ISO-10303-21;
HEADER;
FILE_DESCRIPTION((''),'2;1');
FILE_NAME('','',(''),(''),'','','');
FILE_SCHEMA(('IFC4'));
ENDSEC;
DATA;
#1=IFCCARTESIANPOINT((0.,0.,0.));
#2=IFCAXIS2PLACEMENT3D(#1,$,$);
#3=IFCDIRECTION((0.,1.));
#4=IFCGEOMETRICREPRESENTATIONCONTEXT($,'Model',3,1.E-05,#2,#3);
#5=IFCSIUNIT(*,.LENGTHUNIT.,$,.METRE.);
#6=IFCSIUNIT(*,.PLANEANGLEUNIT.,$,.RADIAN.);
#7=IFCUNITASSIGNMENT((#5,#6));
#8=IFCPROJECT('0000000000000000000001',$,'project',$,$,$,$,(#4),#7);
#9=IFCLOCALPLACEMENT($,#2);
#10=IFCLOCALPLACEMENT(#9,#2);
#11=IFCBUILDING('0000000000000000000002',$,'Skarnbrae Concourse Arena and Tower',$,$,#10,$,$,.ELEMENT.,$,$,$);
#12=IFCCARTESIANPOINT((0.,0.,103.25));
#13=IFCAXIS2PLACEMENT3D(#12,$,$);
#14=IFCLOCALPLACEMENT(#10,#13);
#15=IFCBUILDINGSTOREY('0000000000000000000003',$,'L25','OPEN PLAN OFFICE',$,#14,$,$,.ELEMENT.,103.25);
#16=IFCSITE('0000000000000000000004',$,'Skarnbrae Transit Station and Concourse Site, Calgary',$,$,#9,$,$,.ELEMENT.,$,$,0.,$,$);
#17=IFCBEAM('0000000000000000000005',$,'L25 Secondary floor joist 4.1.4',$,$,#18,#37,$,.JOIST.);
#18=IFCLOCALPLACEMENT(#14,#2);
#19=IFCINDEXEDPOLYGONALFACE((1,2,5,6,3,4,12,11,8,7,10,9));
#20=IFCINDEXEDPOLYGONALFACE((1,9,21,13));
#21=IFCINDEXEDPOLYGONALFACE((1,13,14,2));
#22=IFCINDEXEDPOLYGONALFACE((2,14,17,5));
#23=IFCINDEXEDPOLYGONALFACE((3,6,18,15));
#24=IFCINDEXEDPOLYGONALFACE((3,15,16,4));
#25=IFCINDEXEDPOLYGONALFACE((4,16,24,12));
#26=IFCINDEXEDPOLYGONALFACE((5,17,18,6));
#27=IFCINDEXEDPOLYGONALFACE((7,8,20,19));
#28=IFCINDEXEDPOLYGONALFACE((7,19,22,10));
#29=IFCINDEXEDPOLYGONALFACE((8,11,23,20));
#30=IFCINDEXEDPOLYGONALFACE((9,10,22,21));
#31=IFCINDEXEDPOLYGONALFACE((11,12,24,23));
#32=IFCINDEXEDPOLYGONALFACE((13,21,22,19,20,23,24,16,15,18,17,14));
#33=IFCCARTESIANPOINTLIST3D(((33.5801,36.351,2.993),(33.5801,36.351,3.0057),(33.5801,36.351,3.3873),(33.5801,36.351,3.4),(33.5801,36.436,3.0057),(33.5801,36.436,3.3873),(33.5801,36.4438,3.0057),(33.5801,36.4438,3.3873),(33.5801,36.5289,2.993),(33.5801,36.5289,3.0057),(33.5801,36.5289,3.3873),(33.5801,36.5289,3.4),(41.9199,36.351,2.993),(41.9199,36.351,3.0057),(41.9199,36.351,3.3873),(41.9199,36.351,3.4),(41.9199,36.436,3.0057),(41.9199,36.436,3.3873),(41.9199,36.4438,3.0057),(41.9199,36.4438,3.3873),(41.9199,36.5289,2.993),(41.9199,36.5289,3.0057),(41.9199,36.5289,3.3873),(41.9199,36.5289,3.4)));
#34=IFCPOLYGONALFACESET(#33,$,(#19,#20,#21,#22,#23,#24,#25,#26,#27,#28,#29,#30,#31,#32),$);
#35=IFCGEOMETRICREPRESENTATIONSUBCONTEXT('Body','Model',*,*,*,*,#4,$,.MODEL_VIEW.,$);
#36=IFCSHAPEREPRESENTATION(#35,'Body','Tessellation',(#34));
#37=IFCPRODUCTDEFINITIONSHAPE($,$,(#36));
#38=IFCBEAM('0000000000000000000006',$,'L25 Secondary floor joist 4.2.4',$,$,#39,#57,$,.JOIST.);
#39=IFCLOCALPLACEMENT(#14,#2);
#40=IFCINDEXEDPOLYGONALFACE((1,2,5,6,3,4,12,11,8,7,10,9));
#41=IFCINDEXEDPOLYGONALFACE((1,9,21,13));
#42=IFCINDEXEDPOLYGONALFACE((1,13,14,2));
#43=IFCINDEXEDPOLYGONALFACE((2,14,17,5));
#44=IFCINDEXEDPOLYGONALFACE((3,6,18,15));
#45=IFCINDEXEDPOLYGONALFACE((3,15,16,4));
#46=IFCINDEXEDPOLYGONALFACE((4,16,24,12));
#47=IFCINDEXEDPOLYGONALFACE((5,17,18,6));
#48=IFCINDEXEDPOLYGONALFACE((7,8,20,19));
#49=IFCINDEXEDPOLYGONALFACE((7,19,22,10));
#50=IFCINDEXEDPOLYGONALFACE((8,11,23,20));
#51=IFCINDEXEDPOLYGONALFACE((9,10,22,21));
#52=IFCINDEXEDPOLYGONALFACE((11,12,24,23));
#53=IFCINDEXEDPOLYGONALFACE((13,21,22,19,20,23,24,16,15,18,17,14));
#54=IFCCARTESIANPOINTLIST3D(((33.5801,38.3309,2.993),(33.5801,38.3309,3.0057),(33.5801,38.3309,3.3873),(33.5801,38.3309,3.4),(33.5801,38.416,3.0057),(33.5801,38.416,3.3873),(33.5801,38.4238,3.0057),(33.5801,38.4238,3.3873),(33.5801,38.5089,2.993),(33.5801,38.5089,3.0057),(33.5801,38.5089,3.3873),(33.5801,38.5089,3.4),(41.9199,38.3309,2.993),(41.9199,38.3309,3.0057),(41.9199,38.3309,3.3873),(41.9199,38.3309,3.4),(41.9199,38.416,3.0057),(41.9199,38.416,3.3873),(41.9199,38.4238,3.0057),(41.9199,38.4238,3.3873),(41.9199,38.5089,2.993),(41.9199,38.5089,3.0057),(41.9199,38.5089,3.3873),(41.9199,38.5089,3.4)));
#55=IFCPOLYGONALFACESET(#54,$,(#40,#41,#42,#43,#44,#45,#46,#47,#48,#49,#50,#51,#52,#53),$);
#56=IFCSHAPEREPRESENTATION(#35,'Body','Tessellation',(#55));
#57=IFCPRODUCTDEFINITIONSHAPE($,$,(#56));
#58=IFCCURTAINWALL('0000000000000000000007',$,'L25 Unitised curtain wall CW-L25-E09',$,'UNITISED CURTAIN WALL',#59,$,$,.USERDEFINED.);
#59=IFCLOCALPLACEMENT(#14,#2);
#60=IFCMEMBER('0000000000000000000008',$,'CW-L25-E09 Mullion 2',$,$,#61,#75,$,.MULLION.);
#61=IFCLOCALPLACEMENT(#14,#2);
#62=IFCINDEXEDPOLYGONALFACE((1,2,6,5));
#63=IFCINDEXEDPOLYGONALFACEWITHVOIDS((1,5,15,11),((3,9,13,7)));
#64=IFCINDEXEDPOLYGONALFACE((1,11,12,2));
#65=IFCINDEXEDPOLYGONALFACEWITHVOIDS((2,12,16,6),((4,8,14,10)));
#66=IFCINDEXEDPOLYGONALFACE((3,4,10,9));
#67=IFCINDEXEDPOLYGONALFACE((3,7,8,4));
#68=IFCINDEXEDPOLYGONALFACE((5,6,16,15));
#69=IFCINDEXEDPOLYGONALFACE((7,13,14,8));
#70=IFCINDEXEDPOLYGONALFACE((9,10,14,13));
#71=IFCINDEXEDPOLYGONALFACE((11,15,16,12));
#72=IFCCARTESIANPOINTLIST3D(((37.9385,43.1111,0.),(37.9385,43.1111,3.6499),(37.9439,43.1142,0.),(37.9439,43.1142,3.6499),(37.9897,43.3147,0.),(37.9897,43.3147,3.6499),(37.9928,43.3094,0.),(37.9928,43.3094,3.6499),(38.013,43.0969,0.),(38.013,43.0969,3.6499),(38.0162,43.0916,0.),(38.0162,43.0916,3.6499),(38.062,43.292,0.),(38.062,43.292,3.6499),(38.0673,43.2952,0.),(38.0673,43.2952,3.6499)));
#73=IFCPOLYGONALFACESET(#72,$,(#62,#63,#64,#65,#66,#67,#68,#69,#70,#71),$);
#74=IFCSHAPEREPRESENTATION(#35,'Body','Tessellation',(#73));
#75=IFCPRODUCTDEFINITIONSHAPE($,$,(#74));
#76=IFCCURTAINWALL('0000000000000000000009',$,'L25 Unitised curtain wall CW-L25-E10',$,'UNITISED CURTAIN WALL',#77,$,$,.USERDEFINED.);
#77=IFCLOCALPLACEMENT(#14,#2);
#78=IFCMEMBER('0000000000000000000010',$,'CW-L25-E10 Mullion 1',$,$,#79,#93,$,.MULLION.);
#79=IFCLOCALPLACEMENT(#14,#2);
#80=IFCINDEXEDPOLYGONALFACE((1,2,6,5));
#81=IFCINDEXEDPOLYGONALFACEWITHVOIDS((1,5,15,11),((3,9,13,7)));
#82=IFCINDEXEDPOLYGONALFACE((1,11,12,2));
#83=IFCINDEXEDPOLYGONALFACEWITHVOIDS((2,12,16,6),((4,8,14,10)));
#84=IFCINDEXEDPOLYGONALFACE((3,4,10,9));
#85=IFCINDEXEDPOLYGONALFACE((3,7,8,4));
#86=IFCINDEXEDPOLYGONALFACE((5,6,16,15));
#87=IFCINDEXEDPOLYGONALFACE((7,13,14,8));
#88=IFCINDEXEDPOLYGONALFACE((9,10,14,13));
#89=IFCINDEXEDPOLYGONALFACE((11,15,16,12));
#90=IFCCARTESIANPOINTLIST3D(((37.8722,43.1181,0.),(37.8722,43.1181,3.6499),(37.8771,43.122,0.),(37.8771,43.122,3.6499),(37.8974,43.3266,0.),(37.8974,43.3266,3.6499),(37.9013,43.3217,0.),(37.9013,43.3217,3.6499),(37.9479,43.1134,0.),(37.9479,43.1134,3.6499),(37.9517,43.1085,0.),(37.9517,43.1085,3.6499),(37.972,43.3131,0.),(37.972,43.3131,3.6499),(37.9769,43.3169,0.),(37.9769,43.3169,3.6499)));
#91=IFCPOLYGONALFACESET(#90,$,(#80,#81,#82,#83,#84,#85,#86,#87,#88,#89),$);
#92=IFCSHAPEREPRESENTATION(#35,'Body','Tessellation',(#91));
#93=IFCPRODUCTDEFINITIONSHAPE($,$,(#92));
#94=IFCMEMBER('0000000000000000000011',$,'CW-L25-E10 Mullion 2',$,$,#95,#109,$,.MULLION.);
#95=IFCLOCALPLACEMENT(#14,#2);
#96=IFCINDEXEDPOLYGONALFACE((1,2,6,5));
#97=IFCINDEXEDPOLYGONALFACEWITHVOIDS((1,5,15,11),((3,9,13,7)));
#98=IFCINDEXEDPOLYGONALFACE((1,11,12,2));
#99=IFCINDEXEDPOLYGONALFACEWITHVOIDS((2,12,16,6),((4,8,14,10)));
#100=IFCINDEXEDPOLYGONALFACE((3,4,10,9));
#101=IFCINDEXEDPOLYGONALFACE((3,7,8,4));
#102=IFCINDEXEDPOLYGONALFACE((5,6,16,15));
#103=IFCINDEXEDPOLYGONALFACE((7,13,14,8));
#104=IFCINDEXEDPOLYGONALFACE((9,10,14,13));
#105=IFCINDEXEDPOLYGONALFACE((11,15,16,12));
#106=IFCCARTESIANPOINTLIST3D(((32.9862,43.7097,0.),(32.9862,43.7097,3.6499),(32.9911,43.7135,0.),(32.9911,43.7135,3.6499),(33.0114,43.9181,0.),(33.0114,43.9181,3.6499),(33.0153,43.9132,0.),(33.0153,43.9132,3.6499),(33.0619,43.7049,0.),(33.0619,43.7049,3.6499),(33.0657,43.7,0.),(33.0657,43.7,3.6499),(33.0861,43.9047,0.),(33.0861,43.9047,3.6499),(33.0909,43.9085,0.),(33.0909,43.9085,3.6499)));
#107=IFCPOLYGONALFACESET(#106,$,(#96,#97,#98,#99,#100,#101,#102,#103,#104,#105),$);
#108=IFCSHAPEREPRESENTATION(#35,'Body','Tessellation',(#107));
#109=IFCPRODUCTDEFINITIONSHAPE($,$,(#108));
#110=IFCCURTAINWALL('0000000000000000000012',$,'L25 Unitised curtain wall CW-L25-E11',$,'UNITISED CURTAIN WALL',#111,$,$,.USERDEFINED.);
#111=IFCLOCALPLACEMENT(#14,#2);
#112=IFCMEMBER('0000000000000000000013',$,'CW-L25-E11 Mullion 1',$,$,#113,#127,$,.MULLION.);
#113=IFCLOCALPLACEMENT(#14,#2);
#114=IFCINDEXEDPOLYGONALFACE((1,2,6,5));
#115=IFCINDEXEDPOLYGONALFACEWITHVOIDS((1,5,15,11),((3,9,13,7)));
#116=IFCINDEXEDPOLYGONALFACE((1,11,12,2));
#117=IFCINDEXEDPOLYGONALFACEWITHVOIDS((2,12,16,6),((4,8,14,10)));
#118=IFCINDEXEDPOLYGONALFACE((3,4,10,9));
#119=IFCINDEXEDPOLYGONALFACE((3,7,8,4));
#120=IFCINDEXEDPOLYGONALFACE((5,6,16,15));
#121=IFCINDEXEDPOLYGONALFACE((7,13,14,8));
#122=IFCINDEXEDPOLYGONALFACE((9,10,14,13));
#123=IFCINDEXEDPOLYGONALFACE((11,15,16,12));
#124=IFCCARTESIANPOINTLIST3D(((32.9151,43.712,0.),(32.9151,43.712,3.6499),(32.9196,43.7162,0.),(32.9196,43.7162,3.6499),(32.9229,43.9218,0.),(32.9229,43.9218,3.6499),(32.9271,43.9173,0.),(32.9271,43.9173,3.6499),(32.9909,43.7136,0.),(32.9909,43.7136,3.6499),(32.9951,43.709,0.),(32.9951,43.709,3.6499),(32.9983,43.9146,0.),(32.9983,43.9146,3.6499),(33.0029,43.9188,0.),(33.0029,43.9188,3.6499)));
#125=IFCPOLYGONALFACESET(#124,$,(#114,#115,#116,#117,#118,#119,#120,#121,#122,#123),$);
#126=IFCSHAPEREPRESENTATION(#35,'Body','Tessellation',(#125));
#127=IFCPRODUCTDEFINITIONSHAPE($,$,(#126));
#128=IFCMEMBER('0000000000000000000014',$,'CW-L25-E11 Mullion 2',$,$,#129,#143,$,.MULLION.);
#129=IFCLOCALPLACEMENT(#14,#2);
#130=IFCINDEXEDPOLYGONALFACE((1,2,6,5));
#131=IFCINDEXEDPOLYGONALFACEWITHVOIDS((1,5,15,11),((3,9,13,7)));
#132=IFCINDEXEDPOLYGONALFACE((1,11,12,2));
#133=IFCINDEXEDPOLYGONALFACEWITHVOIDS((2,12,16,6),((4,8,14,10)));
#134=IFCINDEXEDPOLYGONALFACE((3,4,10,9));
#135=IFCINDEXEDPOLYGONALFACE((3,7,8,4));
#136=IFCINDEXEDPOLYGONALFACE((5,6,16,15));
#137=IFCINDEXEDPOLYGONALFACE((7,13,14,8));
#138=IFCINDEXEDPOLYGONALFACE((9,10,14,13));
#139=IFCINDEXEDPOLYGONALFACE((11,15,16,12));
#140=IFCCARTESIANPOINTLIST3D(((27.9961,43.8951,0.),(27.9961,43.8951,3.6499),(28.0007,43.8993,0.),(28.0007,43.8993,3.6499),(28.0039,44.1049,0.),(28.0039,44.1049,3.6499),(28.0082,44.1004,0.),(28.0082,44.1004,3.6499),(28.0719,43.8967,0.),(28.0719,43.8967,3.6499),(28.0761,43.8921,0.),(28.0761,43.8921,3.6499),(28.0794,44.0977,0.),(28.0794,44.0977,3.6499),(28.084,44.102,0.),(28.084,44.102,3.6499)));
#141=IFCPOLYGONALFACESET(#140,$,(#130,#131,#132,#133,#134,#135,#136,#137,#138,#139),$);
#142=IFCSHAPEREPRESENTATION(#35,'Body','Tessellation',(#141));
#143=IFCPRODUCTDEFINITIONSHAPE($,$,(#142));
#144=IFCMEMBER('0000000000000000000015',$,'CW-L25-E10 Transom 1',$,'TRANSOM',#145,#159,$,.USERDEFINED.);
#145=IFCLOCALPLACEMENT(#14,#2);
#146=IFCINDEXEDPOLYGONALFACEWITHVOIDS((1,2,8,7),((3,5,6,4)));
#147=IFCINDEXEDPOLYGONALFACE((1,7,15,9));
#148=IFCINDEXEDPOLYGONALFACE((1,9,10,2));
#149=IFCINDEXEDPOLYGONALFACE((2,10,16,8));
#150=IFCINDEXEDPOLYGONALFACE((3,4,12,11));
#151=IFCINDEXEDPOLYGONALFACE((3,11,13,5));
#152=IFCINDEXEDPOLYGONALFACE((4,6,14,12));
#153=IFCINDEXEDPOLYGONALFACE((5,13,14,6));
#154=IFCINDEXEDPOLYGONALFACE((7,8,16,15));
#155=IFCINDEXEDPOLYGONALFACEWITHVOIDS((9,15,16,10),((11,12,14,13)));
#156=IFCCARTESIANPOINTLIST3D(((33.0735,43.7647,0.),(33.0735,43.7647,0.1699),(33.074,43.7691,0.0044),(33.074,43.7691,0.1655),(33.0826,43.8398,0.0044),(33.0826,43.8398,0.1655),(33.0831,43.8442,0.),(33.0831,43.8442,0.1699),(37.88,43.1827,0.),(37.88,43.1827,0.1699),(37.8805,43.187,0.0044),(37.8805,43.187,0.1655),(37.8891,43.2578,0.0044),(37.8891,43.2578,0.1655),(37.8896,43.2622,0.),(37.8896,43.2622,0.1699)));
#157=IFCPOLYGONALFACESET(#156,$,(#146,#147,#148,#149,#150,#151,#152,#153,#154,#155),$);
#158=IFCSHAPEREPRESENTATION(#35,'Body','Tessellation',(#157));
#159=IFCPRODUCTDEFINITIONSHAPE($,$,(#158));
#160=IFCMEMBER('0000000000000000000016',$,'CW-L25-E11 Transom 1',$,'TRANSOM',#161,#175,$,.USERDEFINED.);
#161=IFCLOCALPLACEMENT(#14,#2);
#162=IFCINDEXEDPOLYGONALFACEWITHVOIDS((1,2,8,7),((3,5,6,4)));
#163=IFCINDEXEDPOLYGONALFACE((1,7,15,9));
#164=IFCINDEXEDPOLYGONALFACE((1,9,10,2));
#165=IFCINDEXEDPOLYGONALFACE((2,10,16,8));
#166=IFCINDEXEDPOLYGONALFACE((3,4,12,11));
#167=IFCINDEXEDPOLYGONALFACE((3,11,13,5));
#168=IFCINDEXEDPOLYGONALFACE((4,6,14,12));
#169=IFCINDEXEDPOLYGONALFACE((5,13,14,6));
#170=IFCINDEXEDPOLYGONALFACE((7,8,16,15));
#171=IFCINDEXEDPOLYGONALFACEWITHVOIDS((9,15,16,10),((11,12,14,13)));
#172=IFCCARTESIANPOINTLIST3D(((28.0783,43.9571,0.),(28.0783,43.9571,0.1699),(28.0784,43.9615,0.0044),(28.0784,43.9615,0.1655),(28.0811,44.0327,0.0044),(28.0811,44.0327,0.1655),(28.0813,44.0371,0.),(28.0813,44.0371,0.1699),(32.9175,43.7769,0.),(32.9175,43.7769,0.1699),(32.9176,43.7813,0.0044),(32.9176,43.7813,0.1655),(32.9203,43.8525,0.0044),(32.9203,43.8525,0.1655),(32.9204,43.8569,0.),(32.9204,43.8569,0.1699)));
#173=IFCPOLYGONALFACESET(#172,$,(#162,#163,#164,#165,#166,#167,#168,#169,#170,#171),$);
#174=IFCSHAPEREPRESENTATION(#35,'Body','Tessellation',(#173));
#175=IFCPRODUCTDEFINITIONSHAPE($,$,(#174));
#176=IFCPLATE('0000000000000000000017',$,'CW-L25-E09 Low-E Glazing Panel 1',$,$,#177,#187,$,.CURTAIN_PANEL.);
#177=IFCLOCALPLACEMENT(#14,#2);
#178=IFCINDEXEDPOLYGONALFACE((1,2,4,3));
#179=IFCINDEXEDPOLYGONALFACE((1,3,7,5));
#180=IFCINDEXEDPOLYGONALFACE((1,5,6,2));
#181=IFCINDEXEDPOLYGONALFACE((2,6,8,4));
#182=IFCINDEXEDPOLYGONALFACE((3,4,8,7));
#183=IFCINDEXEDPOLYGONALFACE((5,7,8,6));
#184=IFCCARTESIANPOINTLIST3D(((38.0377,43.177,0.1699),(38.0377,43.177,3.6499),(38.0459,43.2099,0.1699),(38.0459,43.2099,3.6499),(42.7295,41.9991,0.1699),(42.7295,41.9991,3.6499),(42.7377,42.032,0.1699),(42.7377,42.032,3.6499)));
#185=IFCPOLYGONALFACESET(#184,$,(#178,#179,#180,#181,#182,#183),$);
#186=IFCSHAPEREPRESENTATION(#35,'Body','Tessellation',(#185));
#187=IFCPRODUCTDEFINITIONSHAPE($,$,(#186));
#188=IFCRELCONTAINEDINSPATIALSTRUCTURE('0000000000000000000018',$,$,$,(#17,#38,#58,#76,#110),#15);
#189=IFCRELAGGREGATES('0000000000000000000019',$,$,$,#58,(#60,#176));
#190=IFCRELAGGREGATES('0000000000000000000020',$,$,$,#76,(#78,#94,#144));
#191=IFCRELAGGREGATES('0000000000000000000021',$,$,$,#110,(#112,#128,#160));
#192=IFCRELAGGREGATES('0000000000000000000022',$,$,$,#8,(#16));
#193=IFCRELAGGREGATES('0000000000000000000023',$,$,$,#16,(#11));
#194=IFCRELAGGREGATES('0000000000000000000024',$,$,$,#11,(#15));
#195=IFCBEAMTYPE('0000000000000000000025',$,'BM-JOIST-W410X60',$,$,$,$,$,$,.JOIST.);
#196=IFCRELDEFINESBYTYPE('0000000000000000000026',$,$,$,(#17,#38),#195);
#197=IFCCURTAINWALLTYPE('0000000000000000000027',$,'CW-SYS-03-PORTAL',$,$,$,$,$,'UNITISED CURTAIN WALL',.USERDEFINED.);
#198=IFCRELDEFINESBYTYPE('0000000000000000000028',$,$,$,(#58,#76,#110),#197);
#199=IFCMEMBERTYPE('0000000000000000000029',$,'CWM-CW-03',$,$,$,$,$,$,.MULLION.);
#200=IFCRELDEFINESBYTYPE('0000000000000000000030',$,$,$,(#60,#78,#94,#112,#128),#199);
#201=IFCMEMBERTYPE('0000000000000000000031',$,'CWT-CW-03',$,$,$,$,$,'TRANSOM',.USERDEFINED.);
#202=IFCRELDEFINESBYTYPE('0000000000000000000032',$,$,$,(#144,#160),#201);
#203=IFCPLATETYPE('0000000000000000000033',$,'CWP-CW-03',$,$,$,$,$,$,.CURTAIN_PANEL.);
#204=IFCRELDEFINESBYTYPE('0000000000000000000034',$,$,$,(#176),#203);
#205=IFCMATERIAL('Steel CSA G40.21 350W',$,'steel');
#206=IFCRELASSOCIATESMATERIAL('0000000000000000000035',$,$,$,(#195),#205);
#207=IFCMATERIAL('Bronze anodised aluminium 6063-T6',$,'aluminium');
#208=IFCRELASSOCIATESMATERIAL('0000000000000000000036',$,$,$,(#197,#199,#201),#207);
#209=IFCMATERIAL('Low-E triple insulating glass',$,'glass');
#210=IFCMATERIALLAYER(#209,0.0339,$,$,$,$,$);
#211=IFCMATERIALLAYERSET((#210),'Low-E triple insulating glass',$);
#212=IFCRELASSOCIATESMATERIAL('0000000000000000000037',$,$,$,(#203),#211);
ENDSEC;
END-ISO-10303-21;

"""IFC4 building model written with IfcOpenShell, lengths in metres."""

from ifc_helpers import new_model, si_unit, direction, frame, origin, origin_2d, place, context, subcontext, project, spatial, rectangle, hollow_rectangle, i_section, extrude, source, transform, mapped, material, layer, layer_set, material_profile, profile_set, type_object, element, aggregate, save


model = new_model("IFC4")

# Units and contexts
model_context = context("Model", 3, precision=1e-05, world=origin(), true_north=direction((0.0, 1.0)))
body_context = subcontext(model_context, "Body", "Model", "MODEL_VIEW")
ifc_project = project(units=[si_unit("LENGTHUNIT", "METRE"), si_unit("PLANEANGLEUNIT", "RADIAN")], contexts=[model_context])

# Site, building, storey
site_placement = place(None, origin())
site = spatial("IfcSite", under=ifc_project, at=site_placement, Name="Skarnbrae Transit Station and Concourse Site, Calgary", CompositionType="ELEMENT", RefElevation=0.0)
building_placement = place(site_placement, origin())
building = spatial("IfcBuilding", under=site, at=building_placement, Name="Skarnbrae Concourse Arena and Tower", CompositionType="ELEMENT")
storey_placement = place(building_placement, frame((0.0, 0.0, 103.25)))
storey = spatial("IfcBuildingStorey", under=building, at=storey_placement, Name="L25", Description="OPEN PLAN OFFICE", CompositionType="ELEMENT", Elevation=103.25)

# Shared definitions
ifc_material_1 = material(Name="Steel CSA G40.21 350W", Category="steel")

# Beams
ifc_material_profile_1 = material_profile(ifc_material_1, i_section(OverallWidth=0.178, OverallDepth=0.407, WebThickness=0.0078, FlangeThickness=0.0127, at=origin_2d()), Name="W410X60")
ifc_profile_set_1 = profile_set([ifc_material_profile_1], Name="Steel CSA G40.21 350W")
beam_type_1 = type_object("IfcBeamType", Name="BM-JOIST-W410X60", PredefinedType="JOIST", material=ifc_profile_set_1)
shared_shape_1 = source(origin(), body_context, "Body", "SweptSolid", [
    extrude(i_section(OverallWidth=0.178, OverallDepth=0.407, WebThickness=0.0078, FlangeThickness=0.0127, at=origin_2d()), origin(), (0.0, 0.0, 1.0), 8.3398),
])
for number, where, z_axis, x_axis, name in (
    (1, (33.5801, 36.4399, 3.1965), (1.0, 0.0, 0.0), (0.0, 1.0, 0.0), "L25 Secondary floor joist 4.1.4"),
    (2, (33.5801, 38.4199, 3.1965), (1.0, 0.0, 0.0), (0.0, 1.0, 0.0), "L25 Secondary floor joist 4.2.4"),
):
    element("IfcBeam", number, at=place(storey_placement, frame(where, z_axis=z_axis, x_axis=x_axis)), inside=storey, type_object=beam_type_1, Name=name, PredefinedType="JOIST", context=body_context, shape_type="MappedRepresentation", body=[
        mapped(shared_shape_1, transform((0.0, 0.0, 0.0))),
    ])

# Curtain wall, member
ifc_material_2 = material(Name="Bronze anodised aluminium 6063-T6", Category="aluminium")
curtain_wall_type = type_object("IfcCurtainWallType", Name="CW-SYS-03-PORTAL", ElementType="UNITISED CURTAIN WALL", PredefinedType="USERDEFINED", material=ifc_material_2)
curtain_wall_1_placement = place(storey_placement, origin())
curtain_wall_1 = element("IfcCurtainWall", 3, at=curtain_wall_1_placement, inside=storey, type_object=curtain_wall_type, Name="L25 Unitised curtain wall CW-L25-E09", ObjectType="UNITISED CURTAIN WALL", PredefinedType="USERDEFINED")
ifc_material_profile_2 = material_profile(ifc_material_2, hollow_rectangle(XDim=0.0801, YDim=0.21, WallThickness=0.0044, at=origin_2d()), Name="ALU-MULL-80X210")
ifc_profile_set_2 = profile_set([ifc_material_profile_2], Name="Bronze anodised aluminium 6063-T6")
member_type_1 = type_object("IfcMemberType", Name="CWM-CW-03", PredefinedType="MULLION", material=ifc_profile_set_2)
shared_shape_2 = source(origin(), body_context, "Body", "SweptSolid", [
    extrude(hollow_rectangle(XDim=0.0801, YDim=0.21, WallThickness=0.0044, at=origin_2d()), origin(), (0.0, 0.0, 1.0), 3.6499),
])
member_1_placement = place(storey_placement, frame((38.0029, 43.2031, 0.0), z_axis=(0.0, 0.0, 1.0), x_axis=(-0.969903, 0.243491, 0.0)))
member_1 = element("IfcMember", 4, at=member_1_placement, type_object=member_type_1, Name="CW-L25-E09 Mullion 2", PredefinedType="MULLION", context=body_context, shape_type="MappedRepresentation", body=[
    mapped(shared_shape_2, transform((0.0, 0.0, 0.0))),
])

# Curtain walls, members
curtain_wall_2_placement = place(storey_placement, origin())
curtain_wall_2 = element("IfcCurtainWall", 5, at=curtain_wall_2_placement, inside=storey, type_object=curtain_wall_type, Name="L25 Unitised curtain wall CW-L25-E10", ObjectType="UNITISED CURTAIN WALL", PredefinedType="USERDEFINED")
member_2_placement = place(storey_placement, frame((37.9246, 43.2175, 0.0), z_axis=(0.0, 0.0, 1.0), x_axis=(-0.992749, 0.120203, 0.0)))
member_2 = element("IfcMember", 6, at=member_2_placement, type_object=member_type_1, Name="CW-L25-E10 Mullion 1", PredefinedType="MULLION", context=body_context, shape_type="MappedRepresentation", body=[
    mapped(shared_shape_2, transform((0.0, 0.0, 0.0))),
])
member_3_placement = place(storey_placement, frame((33.0386, 43.8091, 0.0), z_axis=(0.0, 0.0, 1.0), x_axis=(-0.992749, 0.120203, 0.0)))
member_3 = element("IfcMember", 7, at=member_3_placement, type_object=member_type_1, Name="CW-L25-E10 Mullion 2", PredefinedType="MULLION", context=body_context, shape_type="MappedRepresentation", body=[
    mapped(shared_shape_2, transform((0.0, 0.0, 0.0))),
])
curtain_wall_3_placement = place(storey_placement, origin())
curtain_wall_3 = element("IfcCurtainWall", 8, at=curtain_wall_3_placement, inside=storey, type_object=curtain_wall_type, Name="L25 Unitised curtain wall CW-L25-E11", ObjectType="UNITISED CURTAIN WALL", PredefinedType="USERDEFINED")
member_4_placement = place(storey_placement, frame((32.959, 43.8154, 0.0), z_axis=(0.0, 0.0, 1.0), x_axis=(-0.999308, 0.037183, 0.0)))
member_4 = element("IfcMember", 9, at=member_4_placement, type_object=member_type_1, Name="CW-L25-E11 Mullion 1", PredefinedType="MULLION", context=body_context, shape_type="MappedRepresentation", body=[
    mapped(shared_shape_2, transform((0.0, 0.0, 0.0))),
])
member_5_placement = place(storey_placement, frame((28.04, 43.9985, 0.0), z_axis=(0.0, 0.0, 1.0), x_axis=(-0.999308, 0.037183, 0.0)))
member_5 = element("IfcMember", 10, at=member_5_placement, type_object=member_type_1, Name="CW-L25-E11 Mullion 2", PredefinedType="MULLION", context=body_context, shape_type="MappedRepresentation", body=[
    mapped(shared_shape_2, transform((0.0, 0.0, 0.0))),
])

# Members
ifc_material_profile_3 = material_profile(ifc_material_2, hollow_rectangle(XDim=0.0801, YDim=0.1699, WallThickness=0.0044, at=origin_2d()), Name="ALU-TRAN-80X170")
ifc_profile_set_3 = profile_set([ifc_material_profile_3], Name="Bronze anodised aluminium 6063-T6")
member_type_2 = type_object("IfcMemberType", Name="CWT-CW-03", ElementType="TRANSOM", PredefinedType="USERDEFINED", material=ifc_profile_set_3)
shared_shape_3 = source(origin(), body_context, "Body", "SweptSolid", [
    extrude(hollow_rectangle(XDim=0.0801, YDim=0.1699, WallThickness=0.0044, at=origin_2d()), origin(), (0.0, 0.0, 1.0), 4.8416),
])
member_6_placement = place(storey_placement, frame((37.8848, 43.2224, 0.085), z_axis=(-0.992748, 0.120217, 0.0), x_axis=(-0.120217, -0.992748, 0.0)))
member_6 = element("IfcMember", 11, at=member_6_placement, type_object=member_type_2, Name="CW-L25-E10 Transom 1", ObjectType="TRANSOM", PredefinedType="USERDEFINED", context=body_context, shape_type="MappedRepresentation", body=[
    mapped(shared_shape_3, transform((0.0, 0.0, 0.0))),
])
shared_shape_4 = source(origin(), body_context, "Body", "SweptSolid", [
    extrude(hollow_rectangle(XDim=0.0801, YDim=0.1699, WallThickness=0.0044, at=origin_2d()), origin(), (0.0, 0.0, 1.0), 4.8425),
])
member_7_placement = place(storey_placement, frame((32.9189, 43.8169, 0.085), z_axis=(-0.999308, 0.037207, 0.0), x_axis=(-0.037207, -0.999308, 0.0)))
member_7 = element("IfcMember", 12, at=member_7_placement, type_object=member_type_2, Name="CW-L25-E11 Transom 1", ObjectType="TRANSOM", PredefinedType="USERDEFINED", context=body_context, shape_type="MappedRepresentation", body=[
    mapped(shared_shape_4, transform((0.0, 0.0, 0.0))),
])

# Plate
ifc_material_3 = material(Name="Low-E triple insulating glass", Category="glass")
ifc_layer_1 = layer(ifc_material_3, 0.0339)
ifc_layer_set_1 = layer_set([ifc_layer_1], Name="Low-E triple insulating glass")
plate_type = type_object("IfcPlateType", Name="CWP-CW-03", PredefinedType="CURTAIN_PANEL", material=ifc_layer_set_1)
shared_shape_5 = source(origin(), body_context, "Body", "SweptSolid", [
    extrude(rectangle(XDim=4.8374, YDim=0.0339, at=origin_2d()), origin(), (0.0, 0.0, 1.0), 3.48),
])
plate_1_placement = place(storey_placement, frame((40.3877, 42.6045, 0.1699), z_axis=(0.0, 0.0, 1.0), x_axis=(-0.969903, 0.243491, 0.0)))
plate_1 = element("IfcPlate", 13, at=plate_1_placement, type_object=plate_type, Name="CW-L25-E09 Low-E Glazing Panel 1", PredefinedType="CURTAIN_PANEL", context=body_context, shape_type="MappedRepresentation", body=[
    mapped(shared_shape_5, transform((0.0, 0.0, 0.0))),
])
aggregate(curtain_wall_1, [member_1, plate_1])
aggregate(curtain_wall_2, [member_2, member_3, member_6])
aggregate(curtain_wall_3, [member_4, member_5, member_7])

save(model, "model.ifc")
